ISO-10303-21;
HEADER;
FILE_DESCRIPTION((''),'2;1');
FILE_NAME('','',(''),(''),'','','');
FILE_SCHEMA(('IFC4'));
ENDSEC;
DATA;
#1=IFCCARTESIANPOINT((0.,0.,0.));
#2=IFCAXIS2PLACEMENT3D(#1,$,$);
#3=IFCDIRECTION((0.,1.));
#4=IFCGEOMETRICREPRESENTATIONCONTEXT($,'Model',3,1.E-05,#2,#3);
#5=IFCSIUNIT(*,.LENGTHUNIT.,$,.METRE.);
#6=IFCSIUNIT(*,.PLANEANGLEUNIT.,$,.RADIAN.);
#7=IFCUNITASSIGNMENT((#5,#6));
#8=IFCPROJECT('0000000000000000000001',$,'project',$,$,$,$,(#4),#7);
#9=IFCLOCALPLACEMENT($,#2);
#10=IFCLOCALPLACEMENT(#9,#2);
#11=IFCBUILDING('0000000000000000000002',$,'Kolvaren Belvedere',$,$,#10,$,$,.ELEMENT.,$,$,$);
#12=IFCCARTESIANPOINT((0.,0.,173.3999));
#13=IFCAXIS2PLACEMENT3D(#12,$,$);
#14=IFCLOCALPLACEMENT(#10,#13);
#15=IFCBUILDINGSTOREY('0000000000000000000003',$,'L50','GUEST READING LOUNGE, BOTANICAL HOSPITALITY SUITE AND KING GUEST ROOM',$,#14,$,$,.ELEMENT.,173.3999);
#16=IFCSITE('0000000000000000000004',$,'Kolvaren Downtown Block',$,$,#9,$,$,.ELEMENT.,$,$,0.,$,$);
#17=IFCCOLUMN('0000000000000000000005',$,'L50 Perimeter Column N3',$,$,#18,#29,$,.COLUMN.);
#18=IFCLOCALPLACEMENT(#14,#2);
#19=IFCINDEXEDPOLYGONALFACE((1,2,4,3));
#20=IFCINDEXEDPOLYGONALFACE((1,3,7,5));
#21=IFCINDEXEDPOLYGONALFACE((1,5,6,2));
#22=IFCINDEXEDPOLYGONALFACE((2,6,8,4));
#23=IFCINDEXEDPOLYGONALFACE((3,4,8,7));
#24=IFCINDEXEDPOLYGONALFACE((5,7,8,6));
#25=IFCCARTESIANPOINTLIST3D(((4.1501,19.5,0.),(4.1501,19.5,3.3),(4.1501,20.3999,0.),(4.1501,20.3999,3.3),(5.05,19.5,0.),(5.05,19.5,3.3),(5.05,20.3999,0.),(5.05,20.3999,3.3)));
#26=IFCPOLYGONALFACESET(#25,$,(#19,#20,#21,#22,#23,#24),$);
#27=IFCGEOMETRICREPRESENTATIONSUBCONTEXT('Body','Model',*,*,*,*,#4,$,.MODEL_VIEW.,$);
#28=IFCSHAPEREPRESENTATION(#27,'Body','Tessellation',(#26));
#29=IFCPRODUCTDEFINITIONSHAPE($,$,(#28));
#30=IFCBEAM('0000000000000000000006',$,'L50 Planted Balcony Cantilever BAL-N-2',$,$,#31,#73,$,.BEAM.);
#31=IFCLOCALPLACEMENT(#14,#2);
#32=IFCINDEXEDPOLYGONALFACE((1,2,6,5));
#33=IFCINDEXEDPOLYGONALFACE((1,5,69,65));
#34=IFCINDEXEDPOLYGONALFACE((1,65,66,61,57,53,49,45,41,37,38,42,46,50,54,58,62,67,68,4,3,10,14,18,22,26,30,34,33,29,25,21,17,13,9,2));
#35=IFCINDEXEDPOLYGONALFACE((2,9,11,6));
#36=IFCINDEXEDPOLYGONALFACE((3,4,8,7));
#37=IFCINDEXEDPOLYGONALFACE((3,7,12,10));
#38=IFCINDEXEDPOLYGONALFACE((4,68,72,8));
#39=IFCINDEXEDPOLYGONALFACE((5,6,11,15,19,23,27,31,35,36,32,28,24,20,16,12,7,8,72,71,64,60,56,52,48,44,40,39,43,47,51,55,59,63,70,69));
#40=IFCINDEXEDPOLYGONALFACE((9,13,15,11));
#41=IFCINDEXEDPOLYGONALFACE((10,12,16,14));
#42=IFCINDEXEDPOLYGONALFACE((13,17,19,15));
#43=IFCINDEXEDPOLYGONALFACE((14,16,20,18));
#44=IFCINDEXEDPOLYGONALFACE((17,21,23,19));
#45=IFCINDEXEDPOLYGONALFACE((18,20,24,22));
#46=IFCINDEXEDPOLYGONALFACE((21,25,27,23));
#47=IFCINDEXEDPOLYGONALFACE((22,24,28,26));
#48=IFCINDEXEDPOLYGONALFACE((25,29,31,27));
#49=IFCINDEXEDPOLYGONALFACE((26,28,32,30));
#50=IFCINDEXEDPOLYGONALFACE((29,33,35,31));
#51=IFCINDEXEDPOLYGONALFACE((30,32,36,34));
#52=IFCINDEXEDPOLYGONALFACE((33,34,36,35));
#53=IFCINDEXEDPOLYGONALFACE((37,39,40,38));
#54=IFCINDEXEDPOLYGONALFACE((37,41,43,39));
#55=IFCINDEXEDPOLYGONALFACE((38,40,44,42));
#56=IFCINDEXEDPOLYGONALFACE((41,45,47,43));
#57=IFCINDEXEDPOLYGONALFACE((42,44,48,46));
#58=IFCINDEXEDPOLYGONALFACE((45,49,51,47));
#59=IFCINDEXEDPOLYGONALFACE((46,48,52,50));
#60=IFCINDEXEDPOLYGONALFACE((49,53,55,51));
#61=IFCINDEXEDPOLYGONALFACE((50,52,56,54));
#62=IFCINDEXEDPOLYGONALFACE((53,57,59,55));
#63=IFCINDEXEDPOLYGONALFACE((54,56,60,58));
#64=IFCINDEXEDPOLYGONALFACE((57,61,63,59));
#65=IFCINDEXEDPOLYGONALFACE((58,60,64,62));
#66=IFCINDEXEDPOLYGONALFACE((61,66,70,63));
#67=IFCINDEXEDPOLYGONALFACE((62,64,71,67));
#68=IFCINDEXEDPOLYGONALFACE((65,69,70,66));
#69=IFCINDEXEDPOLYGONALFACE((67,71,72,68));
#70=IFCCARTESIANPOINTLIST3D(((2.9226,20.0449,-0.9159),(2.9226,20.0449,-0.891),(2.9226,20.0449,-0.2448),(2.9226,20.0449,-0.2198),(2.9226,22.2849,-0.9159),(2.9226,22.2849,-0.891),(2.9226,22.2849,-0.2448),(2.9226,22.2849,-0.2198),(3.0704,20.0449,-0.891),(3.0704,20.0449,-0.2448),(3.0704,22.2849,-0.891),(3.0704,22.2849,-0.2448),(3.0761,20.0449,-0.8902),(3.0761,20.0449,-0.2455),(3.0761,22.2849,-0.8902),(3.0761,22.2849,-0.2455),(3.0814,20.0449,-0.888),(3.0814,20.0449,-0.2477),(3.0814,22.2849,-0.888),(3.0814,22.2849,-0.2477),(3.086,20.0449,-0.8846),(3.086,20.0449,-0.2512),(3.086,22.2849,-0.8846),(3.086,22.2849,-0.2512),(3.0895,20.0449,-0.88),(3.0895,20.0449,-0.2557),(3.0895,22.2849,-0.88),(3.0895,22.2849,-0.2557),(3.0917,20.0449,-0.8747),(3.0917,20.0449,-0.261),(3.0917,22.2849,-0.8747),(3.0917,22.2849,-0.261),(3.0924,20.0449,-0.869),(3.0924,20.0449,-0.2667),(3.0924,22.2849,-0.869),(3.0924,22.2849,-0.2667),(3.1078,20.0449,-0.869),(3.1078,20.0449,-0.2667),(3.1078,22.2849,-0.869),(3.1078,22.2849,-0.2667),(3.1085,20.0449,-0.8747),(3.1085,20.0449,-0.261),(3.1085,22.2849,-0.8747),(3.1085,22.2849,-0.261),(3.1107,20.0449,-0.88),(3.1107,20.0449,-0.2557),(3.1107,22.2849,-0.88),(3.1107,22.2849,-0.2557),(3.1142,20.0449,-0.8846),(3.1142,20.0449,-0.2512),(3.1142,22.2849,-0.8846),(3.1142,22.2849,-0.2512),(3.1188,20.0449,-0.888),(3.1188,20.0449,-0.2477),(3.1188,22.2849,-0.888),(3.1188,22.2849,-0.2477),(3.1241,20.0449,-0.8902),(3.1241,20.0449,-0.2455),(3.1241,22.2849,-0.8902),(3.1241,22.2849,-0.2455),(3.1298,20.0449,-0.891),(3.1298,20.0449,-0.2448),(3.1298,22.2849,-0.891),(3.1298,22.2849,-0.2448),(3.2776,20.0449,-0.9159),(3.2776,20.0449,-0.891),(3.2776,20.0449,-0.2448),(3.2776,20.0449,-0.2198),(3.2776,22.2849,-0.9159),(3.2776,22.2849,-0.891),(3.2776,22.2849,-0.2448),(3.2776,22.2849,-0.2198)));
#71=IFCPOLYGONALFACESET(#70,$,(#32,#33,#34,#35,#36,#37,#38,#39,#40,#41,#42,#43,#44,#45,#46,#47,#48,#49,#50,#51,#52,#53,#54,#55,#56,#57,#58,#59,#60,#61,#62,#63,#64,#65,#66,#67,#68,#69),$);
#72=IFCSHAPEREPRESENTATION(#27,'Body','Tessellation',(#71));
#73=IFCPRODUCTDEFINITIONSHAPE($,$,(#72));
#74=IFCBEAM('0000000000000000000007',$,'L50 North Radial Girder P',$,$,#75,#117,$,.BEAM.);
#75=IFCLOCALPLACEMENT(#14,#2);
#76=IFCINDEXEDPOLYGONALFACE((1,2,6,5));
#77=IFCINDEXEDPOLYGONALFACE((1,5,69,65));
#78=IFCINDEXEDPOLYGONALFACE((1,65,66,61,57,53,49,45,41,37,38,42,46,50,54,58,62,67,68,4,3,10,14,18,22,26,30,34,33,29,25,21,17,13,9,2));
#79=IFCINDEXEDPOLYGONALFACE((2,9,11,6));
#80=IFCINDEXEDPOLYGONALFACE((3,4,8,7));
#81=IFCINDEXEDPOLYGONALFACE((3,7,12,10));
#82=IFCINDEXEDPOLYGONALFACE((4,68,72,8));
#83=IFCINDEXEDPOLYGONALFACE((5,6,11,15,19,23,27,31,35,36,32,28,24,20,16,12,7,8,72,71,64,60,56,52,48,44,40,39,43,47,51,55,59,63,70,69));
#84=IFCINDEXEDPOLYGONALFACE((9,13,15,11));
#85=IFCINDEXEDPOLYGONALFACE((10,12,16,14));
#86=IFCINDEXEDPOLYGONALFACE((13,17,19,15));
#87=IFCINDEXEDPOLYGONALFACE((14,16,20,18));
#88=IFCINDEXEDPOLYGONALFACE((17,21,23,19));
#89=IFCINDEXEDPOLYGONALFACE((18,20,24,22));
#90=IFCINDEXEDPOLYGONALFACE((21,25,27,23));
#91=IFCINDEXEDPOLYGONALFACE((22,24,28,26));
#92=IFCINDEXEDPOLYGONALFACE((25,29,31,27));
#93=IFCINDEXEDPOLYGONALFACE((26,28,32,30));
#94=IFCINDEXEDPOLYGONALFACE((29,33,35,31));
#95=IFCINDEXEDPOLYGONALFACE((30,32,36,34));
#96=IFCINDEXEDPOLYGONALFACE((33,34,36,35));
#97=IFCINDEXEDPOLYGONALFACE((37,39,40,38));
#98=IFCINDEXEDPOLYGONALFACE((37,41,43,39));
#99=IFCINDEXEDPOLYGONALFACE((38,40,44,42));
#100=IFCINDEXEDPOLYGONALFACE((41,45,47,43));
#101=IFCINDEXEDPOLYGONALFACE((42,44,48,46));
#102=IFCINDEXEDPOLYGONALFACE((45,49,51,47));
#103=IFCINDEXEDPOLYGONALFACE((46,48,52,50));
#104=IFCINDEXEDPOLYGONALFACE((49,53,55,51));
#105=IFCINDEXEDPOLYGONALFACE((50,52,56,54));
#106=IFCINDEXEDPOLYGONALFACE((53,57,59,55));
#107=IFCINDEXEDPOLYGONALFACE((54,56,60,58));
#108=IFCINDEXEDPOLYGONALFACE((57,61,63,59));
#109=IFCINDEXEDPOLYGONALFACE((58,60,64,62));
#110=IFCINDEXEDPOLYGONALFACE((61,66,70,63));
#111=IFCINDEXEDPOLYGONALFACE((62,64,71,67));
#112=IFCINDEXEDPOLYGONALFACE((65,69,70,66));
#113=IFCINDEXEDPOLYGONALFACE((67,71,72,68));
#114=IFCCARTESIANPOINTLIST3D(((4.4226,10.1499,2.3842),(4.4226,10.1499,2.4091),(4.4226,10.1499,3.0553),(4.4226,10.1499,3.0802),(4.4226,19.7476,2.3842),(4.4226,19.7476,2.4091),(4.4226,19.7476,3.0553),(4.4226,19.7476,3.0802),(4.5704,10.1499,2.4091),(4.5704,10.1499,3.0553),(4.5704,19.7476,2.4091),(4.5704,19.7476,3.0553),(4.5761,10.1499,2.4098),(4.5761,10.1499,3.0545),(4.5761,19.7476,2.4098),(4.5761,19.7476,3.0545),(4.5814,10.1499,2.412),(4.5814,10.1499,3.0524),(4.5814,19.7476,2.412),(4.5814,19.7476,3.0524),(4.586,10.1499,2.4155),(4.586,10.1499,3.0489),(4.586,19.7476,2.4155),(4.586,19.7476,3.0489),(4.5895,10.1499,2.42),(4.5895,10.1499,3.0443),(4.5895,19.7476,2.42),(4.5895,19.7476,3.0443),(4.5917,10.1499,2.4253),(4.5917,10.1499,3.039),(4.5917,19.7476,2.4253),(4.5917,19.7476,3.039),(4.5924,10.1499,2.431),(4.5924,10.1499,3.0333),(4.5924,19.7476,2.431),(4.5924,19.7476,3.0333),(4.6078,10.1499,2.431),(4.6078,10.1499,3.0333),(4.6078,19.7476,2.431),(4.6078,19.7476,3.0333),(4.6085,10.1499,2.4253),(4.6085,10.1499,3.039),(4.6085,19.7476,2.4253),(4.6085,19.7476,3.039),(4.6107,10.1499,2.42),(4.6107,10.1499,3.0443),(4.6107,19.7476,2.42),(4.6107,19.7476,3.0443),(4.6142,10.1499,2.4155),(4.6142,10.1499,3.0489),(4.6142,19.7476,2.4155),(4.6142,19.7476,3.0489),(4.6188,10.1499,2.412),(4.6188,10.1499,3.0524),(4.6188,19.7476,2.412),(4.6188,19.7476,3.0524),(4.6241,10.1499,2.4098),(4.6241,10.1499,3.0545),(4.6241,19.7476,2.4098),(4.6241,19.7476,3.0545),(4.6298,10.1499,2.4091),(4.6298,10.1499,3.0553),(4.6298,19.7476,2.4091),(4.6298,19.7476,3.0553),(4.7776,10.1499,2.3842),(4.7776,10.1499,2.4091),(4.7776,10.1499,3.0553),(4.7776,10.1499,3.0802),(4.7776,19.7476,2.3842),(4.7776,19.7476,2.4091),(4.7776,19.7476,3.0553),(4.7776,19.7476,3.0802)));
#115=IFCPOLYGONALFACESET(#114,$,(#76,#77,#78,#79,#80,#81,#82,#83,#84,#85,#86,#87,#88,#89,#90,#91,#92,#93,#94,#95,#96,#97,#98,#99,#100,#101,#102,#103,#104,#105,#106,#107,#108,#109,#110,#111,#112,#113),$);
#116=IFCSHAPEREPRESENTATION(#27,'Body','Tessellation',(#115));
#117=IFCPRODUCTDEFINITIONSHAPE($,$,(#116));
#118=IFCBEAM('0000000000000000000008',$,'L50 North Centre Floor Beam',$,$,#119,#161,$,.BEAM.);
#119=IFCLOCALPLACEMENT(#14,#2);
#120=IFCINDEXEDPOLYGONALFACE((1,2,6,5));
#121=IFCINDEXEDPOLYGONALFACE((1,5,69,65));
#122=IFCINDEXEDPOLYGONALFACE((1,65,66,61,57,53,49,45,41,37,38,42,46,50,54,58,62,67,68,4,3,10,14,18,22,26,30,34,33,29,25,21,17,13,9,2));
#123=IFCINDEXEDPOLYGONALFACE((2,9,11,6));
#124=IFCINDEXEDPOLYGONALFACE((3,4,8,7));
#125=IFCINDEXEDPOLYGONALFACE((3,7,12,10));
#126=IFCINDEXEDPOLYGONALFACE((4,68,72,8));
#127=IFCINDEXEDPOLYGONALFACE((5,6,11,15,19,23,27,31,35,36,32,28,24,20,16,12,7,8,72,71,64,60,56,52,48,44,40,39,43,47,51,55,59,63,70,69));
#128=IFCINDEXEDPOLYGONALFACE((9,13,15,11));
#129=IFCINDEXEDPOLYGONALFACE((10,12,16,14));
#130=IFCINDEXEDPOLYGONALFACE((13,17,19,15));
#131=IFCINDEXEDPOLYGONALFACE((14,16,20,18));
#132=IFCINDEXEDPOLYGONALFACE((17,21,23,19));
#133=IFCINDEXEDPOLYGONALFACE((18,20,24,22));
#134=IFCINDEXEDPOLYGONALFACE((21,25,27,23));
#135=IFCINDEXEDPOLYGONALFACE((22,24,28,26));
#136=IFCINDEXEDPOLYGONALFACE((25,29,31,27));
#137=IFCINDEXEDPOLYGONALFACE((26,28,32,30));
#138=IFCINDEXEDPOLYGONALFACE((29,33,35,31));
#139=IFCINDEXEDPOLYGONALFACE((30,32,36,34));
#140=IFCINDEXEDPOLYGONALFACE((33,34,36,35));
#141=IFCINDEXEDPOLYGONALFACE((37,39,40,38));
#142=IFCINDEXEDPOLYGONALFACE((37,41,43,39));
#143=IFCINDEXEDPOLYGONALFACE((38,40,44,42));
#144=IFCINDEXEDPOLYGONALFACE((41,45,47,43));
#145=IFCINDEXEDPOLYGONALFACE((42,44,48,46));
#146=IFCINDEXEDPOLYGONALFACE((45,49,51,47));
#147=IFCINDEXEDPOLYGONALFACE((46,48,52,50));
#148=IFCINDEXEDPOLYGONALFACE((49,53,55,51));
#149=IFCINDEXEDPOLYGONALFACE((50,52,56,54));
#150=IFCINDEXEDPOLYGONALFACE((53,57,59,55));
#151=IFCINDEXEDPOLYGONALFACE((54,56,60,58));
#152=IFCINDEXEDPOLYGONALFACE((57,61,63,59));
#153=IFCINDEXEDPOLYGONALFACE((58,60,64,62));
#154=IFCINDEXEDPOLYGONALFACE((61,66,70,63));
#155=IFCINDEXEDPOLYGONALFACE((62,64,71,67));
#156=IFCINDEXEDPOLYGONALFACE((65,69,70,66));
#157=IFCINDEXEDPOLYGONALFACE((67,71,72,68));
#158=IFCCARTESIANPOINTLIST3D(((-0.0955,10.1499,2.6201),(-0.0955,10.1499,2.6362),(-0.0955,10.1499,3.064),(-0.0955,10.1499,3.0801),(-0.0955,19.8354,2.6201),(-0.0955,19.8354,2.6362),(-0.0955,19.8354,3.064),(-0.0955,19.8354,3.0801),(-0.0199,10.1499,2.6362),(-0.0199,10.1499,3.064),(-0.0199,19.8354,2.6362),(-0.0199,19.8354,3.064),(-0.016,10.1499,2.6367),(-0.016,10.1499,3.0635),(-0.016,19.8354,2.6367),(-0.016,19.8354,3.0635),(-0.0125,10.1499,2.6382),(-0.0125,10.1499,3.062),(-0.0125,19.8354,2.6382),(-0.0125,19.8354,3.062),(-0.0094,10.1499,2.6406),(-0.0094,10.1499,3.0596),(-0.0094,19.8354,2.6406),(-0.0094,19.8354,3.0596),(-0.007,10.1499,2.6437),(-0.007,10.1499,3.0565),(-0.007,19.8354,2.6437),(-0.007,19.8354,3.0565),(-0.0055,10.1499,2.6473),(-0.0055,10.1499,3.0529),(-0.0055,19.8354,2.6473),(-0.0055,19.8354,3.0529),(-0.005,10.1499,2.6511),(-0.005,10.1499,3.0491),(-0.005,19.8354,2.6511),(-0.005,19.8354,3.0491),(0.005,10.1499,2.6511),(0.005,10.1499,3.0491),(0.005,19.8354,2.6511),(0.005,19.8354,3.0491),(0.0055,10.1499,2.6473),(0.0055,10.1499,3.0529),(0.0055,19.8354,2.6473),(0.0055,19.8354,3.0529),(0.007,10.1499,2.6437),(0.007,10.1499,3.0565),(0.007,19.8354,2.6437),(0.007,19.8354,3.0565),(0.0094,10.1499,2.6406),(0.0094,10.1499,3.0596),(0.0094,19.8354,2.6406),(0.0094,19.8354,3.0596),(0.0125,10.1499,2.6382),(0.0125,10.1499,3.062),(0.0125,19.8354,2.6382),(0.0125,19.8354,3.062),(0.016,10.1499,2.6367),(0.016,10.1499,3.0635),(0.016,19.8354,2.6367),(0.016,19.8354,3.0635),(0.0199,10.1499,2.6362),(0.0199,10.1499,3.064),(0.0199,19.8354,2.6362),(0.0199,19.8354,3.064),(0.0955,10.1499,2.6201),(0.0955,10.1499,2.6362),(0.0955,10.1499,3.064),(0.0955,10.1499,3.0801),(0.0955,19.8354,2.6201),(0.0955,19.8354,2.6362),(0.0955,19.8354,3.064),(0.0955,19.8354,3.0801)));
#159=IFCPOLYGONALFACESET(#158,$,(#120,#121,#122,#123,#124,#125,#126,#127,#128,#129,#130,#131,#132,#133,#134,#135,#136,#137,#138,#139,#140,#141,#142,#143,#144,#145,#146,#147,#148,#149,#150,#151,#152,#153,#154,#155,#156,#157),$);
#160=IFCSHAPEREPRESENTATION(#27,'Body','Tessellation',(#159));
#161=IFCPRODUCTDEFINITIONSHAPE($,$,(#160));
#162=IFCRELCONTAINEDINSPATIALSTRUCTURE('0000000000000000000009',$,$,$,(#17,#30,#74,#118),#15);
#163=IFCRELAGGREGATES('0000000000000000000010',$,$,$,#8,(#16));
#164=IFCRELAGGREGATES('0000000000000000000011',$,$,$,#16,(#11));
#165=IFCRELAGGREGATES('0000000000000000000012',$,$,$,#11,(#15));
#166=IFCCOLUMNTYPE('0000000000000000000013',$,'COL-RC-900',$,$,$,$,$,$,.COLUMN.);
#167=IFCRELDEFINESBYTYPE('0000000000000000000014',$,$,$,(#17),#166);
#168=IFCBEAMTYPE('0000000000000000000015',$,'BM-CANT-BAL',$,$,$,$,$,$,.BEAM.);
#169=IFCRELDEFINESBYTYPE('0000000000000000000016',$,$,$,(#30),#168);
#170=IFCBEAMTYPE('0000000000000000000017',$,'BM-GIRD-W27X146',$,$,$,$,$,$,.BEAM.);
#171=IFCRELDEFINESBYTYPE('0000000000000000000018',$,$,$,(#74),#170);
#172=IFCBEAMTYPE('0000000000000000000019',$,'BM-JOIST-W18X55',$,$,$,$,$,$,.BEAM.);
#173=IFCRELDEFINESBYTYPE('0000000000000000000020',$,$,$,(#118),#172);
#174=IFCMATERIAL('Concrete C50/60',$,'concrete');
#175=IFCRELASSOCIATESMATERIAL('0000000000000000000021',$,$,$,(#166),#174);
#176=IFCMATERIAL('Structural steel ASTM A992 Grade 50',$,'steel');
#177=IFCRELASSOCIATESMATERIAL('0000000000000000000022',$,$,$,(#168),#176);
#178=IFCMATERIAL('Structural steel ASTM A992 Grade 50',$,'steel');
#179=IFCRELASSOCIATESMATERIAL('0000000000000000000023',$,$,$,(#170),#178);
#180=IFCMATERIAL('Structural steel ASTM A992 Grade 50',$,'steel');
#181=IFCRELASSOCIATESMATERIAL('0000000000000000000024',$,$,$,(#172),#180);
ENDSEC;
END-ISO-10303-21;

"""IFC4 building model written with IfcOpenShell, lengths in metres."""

from ifc_helpers import new_model, si_unit, direction, frame, origin, origin_2d, place, context, subcontext, project, spatial, rectangle, i_section, extrude, material, material_profile, profile_set, type_object, element, save


model = new_model("IFC4")

# Units and contexts
model_context = context("Model", 3, precision=1e-05, world=origin(), true_north=direction((0.0, 1.0)))
body_context = subcontext(model_context, "Body", "Model", "MODEL_VIEW")
ifc_project = project(units=[si_unit("LENGTHUNIT", "METRE"), si_unit("PLANEANGLEUNIT", "RADIAN")], contexts=[model_context])

# Site, building, storey
site_placement = place(None, origin())
site = spatial("IfcSite", under=ifc_project, at=site_placement, Name="Kolvaren Downtown Block", CompositionType="ELEMENT", RefElevation=0.0)
building_placement = place(site_placement, origin())
building = spatial("IfcBuilding", under=site, at=building_placement, Name="Kolvaren Belvedere", CompositionType="ELEMENT")
storey_placement = place(building_placement, frame((0.0, 0.0, 173.3999)))
storey = spatial("IfcBuildingStorey", under=building, at=storey_placement, Name="L50", Description="GUEST READING LOUNGE, BOTANICAL HOSPITALITY SUITE AND KING GUEST ROOM", CompositionType="ELEMENT", Elevation=173.3999)

# Column
ifc_material_1 = material(Name="Concrete C50/60", Category="concrete")
ifc_material_profile_1 = material_profile(ifc_material_1, rectangle(XDim=0.8999, YDim=0.8999, at=origin_2d()), Name="RC 900X900")
ifc_profile_set_1 = profile_set([ifc_material_profile_1], Name="Concrete C50/60")
column_type = type_object("IfcColumnType", Name="COL-RC-900", PredefinedType="COLUMN", material=ifc_profile_set_1)
column_placement = place(storey_placement, frame((4.6001, 19.95, 0.0), z_axis=(0.0, 0.0, 1.0), x_axis=(1.0, 0.0, 0.0)))
element("IfcColumn", 1, at=column_placement, inside=storey, type_object=column_type, Name="L50 Perimeter Column N3", PredefinedType="COLUMN", context=body_context, shape_type="SweptSolid", body=[
    extrude(rectangle(XDim=0.8999, YDim=0.8999, at=origin_2d()), origin(), (0.0, 0.0, 1.0), 3.3),
])

# Beams
ifc_material_2 = material(Name="Structural steel ASTM A992 Grade 50", Category="steel")
ifc_material_profile_2 = material_profile(ifc_material_2, i_section(OverallWidth=0.355, OverallDepth=0.696, WebThickness=0.0154, FlangeThickness=0.0249, FilletRadius=0.022, at=origin_2d()), Name="W27X146")
ifc_profile_set_2 = profile_set([ifc_material_profile_2], Name="Structural steel ASTM A992 Grade 50")
beam_type_1 = type_object("IfcBeamType", Name="BM-CANT-BAL", PredefinedType="BEAM", material=ifc_profile_set_2)
beam_1_placement = place(storey_placement, frame((3.1001, 20.0449, -0.5679), z_axis=(0.0, 1.0, 0.0), x_axis=(-1.0, 0.0, 0.0)))
element("IfcBeam", 2, at=beam_1_placement, inside=storey, type_object=beam_type_1, Name="L50 Planted Balcony Cantilever BAL-N-2", PredefinedType="BEAM", context=body_context, shape_type="SweptSolid", body=[
    extrude(i_section(OverallWidth=0.355, OverallDepth=0.696, WebThickness=0.0154, FlangeThickness=0.0249, FilletRadius=0.022, at=origin_2d()), origin(), (0.0, 0.0, 1.0), 2.24),
])
ifc_material_3 = material(Name="Structural steel ASTM A992 Grade 50", Category="steel")
ifc_material_profile_3 = material_profile(ifc_material_3, i_section(OverallWidth=0.355, OverallDepth=0.696, WebThickness=0.0154, FlangeThickness=0.0249, FilletRadius=0.022, at=origin_2d()), Name="W27X146")
ifc_profile_set_3 = profile_set([ifc_material_profile_3], Name="Structural steel ASTM A992 Grade 50")
beam_type_2 = type_object("IfcBeamType", Name="BM-GIRD-W27X146", PredefinedType="BEAM", material=ifc_profile_set_3)
beam_2_placement = place(storey_placement, frame((4.6001, 10.1499, 2.7322), z_axis=(0.0, 1.0, 0.0), x_axis=(-1.0, 0.0, 0.0)))
element("IfcBeam", 3, at=beam_2_placement, inside=storey, type_object=beam_type_2, Name="L50 North Radial Girder P", PredefinedType="BEAM", context=body_context, shape_type="SweptSolid", body=[
    extrude(i_section(OverallWidth=0.355, OverallDepth=0.696, WebThickness=0.0154, FlangeThickness=0.0249, FilletRadius=0.022, at=origin_2d()), origin(), (0.0, 0.0, 1.0), 9.5977),
])
ifc_material_4 = material(Name="Structural steel ASTM A992 Grade 50", Category="steel")
ifc_material_profile_4 = material_profile(ifc_material_4, i_section(OverallWidth=0.1909, OverallDepth=0.46, WebThickness=0.01, FlangeThickness=0.0161, FilletRadius=0.0149, at=origin_2d()), Name="W18X55")
ifc_profile_set_4 = profile_set([ifc_material_profile_4], Name="Structural steel ASTM A992 Grade 50")
beam_type_3 = type_object("IfcBeamType", Name="BM-JOIST-W18X55", PredefinedType="BEAM", material=ifc_profile_set_4)
beam_3_placement = place(storey_placement, frame((0.0, 10.1499, 2.8501), z_axis=(0.0, 1.0, 0.0), x_axis=(-1.0, 0.0, 0.0)))
element("IfcBeam", 4, at=beam_3_placement, inside=storey, type_object=beam_type_3, Name="L50 North Centre Floor Beam", PredefinedType="BEAM", context=body_context, shape_type="SweptSolid", body=[
    extrude(i_section(OverallWidth=0.1909, OverallDepth=0.46, WebThickness=0.01, FlangeThickness=0.0161, FilletRadius=0.0149, at=origin_2d()), origin(), (0.0, 0.0, 1.0), 9.6855),
])

save(model, "model.ifc")
